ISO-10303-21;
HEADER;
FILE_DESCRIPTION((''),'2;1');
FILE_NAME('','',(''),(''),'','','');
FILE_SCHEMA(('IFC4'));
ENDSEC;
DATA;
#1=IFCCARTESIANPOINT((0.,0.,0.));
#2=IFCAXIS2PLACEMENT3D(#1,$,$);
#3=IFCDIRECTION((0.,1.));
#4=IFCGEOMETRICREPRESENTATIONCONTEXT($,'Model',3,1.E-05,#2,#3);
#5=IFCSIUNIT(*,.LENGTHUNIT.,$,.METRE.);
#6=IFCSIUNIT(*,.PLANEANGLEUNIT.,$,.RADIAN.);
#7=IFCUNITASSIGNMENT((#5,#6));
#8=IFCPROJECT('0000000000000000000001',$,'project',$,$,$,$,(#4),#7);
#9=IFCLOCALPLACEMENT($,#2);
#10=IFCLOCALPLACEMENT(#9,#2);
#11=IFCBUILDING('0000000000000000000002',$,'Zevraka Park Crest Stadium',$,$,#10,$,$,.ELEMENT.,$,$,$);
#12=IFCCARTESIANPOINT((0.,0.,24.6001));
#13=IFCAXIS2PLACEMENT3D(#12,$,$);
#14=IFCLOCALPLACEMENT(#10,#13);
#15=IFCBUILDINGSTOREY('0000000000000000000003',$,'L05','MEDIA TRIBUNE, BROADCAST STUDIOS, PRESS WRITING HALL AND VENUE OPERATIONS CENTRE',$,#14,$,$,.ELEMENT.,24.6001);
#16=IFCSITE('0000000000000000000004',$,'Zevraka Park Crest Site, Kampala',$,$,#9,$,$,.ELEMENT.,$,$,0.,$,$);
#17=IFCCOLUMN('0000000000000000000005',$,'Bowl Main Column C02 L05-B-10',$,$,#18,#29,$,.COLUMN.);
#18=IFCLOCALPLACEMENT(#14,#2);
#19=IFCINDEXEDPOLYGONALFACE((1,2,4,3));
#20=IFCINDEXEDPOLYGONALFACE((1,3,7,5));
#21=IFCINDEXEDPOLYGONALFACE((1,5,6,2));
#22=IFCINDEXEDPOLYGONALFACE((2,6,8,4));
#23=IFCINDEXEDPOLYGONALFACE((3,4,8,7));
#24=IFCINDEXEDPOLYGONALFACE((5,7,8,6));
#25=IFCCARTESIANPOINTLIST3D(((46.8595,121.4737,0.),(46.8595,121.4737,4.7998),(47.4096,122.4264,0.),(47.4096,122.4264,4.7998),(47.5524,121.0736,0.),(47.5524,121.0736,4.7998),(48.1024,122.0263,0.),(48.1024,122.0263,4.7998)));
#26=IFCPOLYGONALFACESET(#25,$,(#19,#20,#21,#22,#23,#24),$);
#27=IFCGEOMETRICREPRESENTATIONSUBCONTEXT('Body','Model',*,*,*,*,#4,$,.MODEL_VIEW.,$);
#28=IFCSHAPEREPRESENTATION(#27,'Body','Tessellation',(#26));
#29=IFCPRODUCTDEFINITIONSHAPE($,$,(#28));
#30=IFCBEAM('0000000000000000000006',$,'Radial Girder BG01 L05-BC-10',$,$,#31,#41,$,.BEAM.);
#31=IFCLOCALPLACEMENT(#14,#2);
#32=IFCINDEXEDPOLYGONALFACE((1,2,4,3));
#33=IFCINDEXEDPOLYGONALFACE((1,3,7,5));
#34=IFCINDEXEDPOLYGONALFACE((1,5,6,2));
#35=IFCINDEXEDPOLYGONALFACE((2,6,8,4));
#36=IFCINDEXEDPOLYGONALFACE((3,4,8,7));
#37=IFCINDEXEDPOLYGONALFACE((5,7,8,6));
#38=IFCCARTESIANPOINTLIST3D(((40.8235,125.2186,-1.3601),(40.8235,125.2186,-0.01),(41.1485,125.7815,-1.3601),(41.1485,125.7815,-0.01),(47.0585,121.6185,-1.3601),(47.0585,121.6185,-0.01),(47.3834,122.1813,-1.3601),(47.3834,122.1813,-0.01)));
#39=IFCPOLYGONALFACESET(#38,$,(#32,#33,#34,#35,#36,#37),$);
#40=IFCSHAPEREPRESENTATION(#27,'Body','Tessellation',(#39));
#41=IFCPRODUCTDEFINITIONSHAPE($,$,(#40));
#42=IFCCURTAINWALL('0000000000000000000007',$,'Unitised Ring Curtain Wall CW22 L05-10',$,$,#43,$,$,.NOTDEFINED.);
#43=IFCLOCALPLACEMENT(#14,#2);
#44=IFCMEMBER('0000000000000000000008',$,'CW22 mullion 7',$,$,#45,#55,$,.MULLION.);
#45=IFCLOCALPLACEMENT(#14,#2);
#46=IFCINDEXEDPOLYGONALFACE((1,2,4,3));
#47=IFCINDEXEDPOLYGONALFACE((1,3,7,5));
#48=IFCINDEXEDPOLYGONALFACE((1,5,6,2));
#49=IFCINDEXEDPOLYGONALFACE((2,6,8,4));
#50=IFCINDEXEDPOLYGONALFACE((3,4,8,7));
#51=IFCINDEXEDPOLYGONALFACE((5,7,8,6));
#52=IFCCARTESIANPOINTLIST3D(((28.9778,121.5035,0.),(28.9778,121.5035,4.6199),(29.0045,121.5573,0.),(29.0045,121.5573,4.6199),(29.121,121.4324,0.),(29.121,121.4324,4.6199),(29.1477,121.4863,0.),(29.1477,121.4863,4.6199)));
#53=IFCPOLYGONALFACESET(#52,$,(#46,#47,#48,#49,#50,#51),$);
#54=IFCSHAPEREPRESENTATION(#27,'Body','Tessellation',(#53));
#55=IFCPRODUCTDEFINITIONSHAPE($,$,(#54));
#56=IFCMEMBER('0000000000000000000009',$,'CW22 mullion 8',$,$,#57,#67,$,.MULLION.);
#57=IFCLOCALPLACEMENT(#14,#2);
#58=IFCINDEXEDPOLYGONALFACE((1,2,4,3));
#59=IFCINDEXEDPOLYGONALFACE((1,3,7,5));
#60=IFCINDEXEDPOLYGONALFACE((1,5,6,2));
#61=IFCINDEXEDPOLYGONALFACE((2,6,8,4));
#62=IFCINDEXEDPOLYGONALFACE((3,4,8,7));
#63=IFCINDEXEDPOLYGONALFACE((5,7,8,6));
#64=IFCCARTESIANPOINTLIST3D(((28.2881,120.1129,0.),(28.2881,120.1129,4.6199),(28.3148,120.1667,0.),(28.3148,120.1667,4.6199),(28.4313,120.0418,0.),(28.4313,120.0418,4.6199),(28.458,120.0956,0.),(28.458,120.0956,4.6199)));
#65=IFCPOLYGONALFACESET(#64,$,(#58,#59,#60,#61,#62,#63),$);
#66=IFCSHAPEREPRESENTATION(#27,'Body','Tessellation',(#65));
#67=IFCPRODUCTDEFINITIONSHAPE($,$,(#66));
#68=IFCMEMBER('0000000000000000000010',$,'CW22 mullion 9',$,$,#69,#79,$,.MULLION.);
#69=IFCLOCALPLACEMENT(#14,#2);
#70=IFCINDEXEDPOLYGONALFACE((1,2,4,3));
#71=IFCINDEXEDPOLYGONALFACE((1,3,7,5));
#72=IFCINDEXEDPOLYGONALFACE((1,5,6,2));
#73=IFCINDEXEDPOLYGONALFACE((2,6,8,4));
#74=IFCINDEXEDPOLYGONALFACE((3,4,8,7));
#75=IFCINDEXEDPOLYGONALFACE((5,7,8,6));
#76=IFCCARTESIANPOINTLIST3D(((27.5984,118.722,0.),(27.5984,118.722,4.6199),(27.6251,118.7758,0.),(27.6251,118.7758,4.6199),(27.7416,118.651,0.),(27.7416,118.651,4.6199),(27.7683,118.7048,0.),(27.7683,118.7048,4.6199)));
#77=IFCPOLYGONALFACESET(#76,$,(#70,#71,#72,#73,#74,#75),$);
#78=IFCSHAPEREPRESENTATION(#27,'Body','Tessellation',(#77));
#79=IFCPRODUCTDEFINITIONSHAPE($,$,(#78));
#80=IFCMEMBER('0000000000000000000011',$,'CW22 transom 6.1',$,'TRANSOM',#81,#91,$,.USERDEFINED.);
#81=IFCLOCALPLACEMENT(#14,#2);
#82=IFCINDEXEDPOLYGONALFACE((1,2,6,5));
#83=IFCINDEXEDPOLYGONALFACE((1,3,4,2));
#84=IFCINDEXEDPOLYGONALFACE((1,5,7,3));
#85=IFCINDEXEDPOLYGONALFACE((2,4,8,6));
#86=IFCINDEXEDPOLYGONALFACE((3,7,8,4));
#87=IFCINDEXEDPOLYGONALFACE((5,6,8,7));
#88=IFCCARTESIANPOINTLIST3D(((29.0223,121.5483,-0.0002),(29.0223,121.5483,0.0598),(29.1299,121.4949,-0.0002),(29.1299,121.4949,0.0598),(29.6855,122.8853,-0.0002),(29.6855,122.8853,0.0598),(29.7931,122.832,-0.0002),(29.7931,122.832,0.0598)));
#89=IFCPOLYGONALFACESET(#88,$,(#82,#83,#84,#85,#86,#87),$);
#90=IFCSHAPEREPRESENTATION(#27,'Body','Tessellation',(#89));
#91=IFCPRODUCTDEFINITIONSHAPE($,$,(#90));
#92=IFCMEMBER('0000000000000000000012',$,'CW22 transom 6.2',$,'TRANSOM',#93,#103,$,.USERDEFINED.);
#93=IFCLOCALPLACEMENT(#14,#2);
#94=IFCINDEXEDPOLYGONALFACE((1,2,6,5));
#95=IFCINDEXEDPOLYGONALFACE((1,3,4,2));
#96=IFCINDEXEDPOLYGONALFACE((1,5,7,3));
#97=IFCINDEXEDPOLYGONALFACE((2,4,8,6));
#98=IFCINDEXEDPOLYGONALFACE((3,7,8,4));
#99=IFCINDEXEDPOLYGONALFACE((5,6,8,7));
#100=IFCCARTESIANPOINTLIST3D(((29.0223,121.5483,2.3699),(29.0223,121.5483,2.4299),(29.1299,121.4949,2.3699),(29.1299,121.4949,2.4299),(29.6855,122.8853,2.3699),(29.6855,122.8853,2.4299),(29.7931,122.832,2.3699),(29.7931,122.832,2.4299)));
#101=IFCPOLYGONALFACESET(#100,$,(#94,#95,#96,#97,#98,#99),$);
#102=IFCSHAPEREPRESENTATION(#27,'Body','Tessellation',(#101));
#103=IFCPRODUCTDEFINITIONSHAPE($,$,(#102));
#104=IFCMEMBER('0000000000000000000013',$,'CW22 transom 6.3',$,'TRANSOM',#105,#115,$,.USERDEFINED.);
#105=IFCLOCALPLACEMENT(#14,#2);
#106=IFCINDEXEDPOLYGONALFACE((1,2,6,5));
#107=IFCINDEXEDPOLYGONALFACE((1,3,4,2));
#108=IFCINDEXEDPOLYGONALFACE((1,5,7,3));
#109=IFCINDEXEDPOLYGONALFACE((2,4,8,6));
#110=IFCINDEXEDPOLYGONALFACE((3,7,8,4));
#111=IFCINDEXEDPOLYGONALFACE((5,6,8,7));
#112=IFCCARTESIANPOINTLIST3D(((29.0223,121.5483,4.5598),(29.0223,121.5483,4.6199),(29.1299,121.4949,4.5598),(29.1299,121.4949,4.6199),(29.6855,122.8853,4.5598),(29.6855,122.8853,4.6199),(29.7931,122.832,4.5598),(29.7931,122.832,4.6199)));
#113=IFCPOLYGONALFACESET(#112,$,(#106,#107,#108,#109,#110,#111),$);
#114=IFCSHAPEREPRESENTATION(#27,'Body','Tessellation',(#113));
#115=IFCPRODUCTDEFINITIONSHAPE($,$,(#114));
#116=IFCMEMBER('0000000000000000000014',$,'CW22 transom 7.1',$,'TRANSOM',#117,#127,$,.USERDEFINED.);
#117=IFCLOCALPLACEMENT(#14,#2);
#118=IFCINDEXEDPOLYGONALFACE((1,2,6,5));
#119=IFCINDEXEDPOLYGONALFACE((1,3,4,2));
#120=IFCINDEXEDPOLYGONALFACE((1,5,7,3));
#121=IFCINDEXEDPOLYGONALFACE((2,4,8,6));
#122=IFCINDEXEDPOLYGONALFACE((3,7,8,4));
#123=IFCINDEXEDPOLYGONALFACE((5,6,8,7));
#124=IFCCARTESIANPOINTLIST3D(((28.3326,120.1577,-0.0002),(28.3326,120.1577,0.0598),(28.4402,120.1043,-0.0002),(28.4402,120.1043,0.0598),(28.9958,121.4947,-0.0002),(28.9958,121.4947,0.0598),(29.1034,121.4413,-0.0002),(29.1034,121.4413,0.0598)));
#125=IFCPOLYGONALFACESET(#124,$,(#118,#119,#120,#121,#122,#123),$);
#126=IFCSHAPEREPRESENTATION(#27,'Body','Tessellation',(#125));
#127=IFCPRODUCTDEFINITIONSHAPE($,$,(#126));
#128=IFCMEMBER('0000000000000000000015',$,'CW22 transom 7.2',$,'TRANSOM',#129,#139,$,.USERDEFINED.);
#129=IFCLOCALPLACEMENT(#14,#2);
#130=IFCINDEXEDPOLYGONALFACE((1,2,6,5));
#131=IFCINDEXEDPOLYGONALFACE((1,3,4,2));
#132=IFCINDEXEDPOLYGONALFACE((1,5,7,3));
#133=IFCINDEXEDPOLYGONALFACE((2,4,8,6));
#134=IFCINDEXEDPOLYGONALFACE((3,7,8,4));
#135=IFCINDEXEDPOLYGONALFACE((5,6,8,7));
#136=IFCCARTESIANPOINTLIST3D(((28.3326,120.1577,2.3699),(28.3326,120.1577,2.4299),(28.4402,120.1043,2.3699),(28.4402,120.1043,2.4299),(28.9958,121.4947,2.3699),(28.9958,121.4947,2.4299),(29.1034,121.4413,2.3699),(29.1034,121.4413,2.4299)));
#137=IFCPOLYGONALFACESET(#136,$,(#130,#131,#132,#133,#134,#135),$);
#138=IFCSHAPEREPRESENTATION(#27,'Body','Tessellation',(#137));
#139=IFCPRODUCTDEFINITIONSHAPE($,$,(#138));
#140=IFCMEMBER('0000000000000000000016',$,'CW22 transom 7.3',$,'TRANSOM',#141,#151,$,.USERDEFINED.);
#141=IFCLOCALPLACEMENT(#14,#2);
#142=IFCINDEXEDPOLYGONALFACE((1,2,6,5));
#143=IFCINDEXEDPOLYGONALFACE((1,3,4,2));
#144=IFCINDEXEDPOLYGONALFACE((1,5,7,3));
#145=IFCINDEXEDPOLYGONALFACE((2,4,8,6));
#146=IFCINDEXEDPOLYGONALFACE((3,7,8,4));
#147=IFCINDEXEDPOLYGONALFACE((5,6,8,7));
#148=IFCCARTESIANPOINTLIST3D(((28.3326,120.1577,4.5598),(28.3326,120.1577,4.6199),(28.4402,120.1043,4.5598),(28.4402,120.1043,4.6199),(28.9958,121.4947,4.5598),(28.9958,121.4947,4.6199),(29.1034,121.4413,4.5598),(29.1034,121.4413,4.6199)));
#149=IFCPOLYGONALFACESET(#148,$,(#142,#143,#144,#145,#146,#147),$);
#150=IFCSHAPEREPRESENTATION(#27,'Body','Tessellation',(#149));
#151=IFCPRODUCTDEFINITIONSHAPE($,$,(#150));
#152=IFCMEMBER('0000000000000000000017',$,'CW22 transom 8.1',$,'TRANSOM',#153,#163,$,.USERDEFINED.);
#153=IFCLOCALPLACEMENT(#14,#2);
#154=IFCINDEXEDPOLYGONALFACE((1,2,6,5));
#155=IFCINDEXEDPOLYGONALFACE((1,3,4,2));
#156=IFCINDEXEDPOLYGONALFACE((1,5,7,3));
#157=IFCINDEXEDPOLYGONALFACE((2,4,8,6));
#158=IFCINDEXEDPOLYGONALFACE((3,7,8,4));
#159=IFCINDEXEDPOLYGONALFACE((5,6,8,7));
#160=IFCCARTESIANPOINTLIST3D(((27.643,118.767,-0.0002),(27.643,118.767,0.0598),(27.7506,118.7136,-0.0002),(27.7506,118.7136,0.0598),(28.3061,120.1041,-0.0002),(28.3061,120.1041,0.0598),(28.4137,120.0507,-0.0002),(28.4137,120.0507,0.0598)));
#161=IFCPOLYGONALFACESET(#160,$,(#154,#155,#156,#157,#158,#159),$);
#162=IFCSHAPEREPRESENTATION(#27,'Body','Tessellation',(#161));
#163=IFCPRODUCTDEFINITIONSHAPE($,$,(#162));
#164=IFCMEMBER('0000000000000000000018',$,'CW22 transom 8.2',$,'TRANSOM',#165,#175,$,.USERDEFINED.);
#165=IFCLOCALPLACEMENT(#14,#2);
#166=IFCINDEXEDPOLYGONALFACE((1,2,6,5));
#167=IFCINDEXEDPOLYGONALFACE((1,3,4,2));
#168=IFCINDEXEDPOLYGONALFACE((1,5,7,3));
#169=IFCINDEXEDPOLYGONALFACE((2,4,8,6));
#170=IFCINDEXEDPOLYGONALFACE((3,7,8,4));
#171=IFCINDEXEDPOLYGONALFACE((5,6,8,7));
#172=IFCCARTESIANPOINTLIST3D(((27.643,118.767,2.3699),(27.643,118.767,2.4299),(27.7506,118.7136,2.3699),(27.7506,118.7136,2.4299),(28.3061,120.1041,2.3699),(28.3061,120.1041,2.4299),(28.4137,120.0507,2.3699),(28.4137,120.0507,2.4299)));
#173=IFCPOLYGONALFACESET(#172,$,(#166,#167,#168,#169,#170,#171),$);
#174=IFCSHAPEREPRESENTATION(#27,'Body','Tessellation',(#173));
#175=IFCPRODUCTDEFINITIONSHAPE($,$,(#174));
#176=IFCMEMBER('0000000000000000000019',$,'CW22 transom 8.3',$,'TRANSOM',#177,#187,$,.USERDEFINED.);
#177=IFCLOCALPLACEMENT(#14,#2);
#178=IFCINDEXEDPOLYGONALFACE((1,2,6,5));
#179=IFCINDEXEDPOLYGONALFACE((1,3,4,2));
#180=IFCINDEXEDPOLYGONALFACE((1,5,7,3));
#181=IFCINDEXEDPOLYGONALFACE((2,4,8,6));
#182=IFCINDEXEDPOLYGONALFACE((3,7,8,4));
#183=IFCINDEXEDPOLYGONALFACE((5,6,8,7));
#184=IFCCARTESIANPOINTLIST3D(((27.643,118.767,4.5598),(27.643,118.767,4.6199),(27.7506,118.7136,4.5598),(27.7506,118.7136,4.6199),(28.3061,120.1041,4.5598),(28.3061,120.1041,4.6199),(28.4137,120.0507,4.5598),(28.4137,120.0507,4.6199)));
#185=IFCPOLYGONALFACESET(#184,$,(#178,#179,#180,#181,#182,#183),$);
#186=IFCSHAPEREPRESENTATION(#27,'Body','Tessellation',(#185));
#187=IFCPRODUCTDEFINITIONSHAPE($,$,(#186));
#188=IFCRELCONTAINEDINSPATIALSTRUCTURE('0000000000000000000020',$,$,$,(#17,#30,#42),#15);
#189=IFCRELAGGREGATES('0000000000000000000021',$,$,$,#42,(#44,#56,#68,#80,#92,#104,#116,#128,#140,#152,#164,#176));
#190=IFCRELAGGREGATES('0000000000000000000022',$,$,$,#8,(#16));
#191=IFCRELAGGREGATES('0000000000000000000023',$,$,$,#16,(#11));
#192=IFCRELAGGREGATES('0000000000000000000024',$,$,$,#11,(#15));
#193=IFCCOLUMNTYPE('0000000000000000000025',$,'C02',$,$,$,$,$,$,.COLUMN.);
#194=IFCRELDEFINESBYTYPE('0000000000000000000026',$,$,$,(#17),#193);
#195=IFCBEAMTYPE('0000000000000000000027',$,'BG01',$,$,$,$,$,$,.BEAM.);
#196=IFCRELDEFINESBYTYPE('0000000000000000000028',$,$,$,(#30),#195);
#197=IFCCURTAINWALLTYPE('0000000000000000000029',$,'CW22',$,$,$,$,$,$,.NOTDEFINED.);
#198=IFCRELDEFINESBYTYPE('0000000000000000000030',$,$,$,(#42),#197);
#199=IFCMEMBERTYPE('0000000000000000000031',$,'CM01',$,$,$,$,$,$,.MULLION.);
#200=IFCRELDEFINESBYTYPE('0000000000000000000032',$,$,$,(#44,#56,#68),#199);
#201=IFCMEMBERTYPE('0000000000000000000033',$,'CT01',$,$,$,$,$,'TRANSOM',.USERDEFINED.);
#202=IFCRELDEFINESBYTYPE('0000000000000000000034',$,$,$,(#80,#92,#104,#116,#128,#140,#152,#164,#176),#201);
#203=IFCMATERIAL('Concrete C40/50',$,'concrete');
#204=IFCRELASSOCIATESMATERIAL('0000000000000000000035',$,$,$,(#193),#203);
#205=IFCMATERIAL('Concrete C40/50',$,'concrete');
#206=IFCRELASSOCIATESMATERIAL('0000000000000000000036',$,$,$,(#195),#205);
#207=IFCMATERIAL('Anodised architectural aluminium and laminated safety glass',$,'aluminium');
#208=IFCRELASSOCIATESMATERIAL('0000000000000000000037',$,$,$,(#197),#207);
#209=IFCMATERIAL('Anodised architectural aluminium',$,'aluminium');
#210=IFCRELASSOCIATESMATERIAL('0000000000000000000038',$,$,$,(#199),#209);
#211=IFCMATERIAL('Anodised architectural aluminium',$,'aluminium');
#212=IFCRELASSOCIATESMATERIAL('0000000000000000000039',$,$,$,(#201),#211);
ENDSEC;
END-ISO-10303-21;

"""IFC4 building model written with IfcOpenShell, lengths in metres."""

from ifc_helpers import new_model, si_unit, direction, frame, origin, origin_2d, place, context, subcontext, project, spatial, rectangle, extrude, material, material_profile, profile_set, type_object, element, aggregate, save


model = new_model("IFC4")

# Units and contexts
model_context = context("Model", 3, precision=1e-05, world=origin(), true_north=direction((0.0, 1.0)))
body_context = subcontext(model_context, "Body", "Model", "MODEL_VIEW")
ifc_project = project(units=[si_unit("LENGTHUNIT", "METRE"), si_unit("PLANEANGLEUNIT", "RADIAN")], contexts=[model_context])

# Site, building, storey
site_placement = place(None, origin())
site = spatial("IfcSite", under=ifc_project, at=site_placement, Name="Zevraka Park Crest Site, Kampala", CompositionType="ELEMENT", RefElevation=0.0)
building_placement = place(site_placement, origin())
building = spatial("IfcBuilding", under=site, at=building_placement, Name="Zevraka Park Crest Stadium", CompositionType="ELEMENT")
storey_placement = place(building_placement, frame((0.0, 0.0, 24.6001)))
storey = spatial("IfcBuildingStorey", under=building, at=storey_placement, Name="L05", Description="MEDIA TRIBUNE, BROADCAST STUDIOS, PRESS WRITING HALL AND VENUE OPERATIONS CENTRE", CompositionType="ELEMENT", Elevation=24.6001)

# Column
ifc_material_1 = material(Name="Concrete C40/50", Category="concrete")
ifc_material_profile_1 = material_profile(ifc_material_1, rectangle(XDim=0.8, YDim=1.1001, at=origin_2d()), Name="RC 1100x800")
ifc_profile_set_1 = profile_set([ifc_material_profile_1], Name="Concrete C40/50")
column_type = type_object("IfcColumnType", Name="C02", PredefinedType="COLUMN", material=ifc_profile_set_1)
column_placement = place(storey_placement, frame((47.481, 121.75, 0.0), z_axis=(0.0, 0.0, 1.0), x_axis=(-0.866025, 0.5, 0.0)))
element("IfcColumn", 1, at=column_placement, inside=storey, type_object=column_type, Name="Bowl Main Column C02 L05-B-10", PredefinedType="COLUMN", context=body_context, shape_type="SweptSolid", body=[
    extrude(rectangle(XDim=0.8, YDim=1.1001, at=origin_2d()), origin(), (0.0, 0.0, 1.0), 4.7998),
])

# Beam
ifc_material_2 = material(Name="Concrete C40/50", Category="concrete")
ifc_material_profile_2 = material_profile(ifc_material_2, rectangle(XDim=0.6499, YDim=1.3501, at=origin_2d()), Name="RC 1350x650")
ifc_profile_set_2 = profile_set([ifc_material_profile_2], Name="Concrete C40/50")
beam_type_1 = type_object("IfcBeamType", Name="BG01", PredefinedType="BEAM", material=ifc_profile_set_2)
beam_1_placement = place(storey_placement, frame((47.2209, 121.8999, -0.6851), z_axis=(-0.866001, 0.500041, 0.0), x_axis=(-0.500041, -0.866001, 0.0)))
element("IfcBeam", 2, at=beam_1_placement, inside=storey, type_object=beam_type_1, Name="Radial Girder BG01 L05-BC-10", PredefinedType="BEAM", context=body_context, shape_type="SweptSolid", body=[
    extrude(rectangle(XDim=0.6499, YDim=1.3501, at=origin_2d()), origin(), (0.0, 0.0, 1.0), 7.1997),
])

# Curtain wall, members
ifc_material_3 = material(Name="Anodised architectural aluminium and laminated safety glass", Category="aluminium")
curtain_wall_type = type_object("IfcCurtainWallType", Name="CW22", PredefinedType="NOTDEFINED", material=ifc_material_3)
curtain_wall_placement = place(storey_placement, origin())
curtain_wall = element("IfcCurtainWall", 3, at=curtain_wall_placement, inside=storey, type_object=curtain_wall_type, Name="Unitised Ring Curtain Wall CW22 L05-10", PredefinedType="NOTDEFINED")
ifc_material_4 = material(Name="Anodised architectural aluminium", Category="aluminium")
ifc_material_profile_3 = material_profile(ifc_material_4, rectangle(XDim=0.1599, YDim=0.0601, at=origin_2d()), Name="ALU MULLION 160x60")
ifc_profile_set_3 = profile_set([ifc_material_profile_3], Name="Anodised architectural aluminium")
member_type_1 = type_object("IfcMemberType", Name="CM01", PredefinedType="MULLION", material=ifc_profile_set_3)
member_1_placement = place(storey_placement, frame((29.0627, 121.4949, 0.0), z_axis=(0.0, 0.0, 1.0), x_axis=(0.895879, -0.444297, 0.0)))
member_1 = element("IfcMember", 4, at=member_1_placement, type_object=member_type_1, Name="CW22 mullion 7", PredefinedType="MULLION", context=body_context, shape_type="SweptSolid", body=[
    extrude(rectangle(XDim=0.1599, YDim=0.0601, at=origin_2d()), origin(), (0.0, 0.0, 1.0), 4.6199),
])
member_2_placement = place(storey_placement, frame((28.373, 120.1042, 0.0), z_axis=(0.0, 0.0, 1.0), x_axis=(0.895879, -0.444297, 0.0)))
member_2 = element("IfcMember", 5, at=member_2_placement, type_object=member_type_1, Name="CW22 mullion 8", PredefinedType="MULLION", context=body_context, shape_type="SweptSolid", body=[
    extrude(rectangle(XDim=0.1599, YDim=0.0601, at=origin_2d()), origin(), (0.0, 0.0, 1.0), 4.6199),
])
member_3_placement = place(storey_placement, frame((27.6833, 118.7134, 0.0), z_axis=(0.0, 0.0, 1.0), x_axis=(0.895879, -0.444297, 0.0)))
member_3 = element("IfcMember", 6, at=member_3_placement, type_object=member_type_1, Name="CW22 mullion 9", PredefinedType="MULLION", context=body_context, shape_type="SweptSolid", body=[
    extrude(rectangle(XDim=0.1599, YDim=0.0601, at=origin_2d()), origin(), (0.0, 0.0, 1.0), 4.6199),
])
ifc_material_5 = material(Name="Anodised architectural aluminium", Category="aluminium")
ifc_material_profile_4 = material_profile(ifc_material_5, rectangle(XDim=0.1201, YDim=0.0601, at=origin_2d()), Name="ALU TRANSOM 120x60")
ifc_profile_set_4 = profile_set([ifc_material_profile_4], Name="Anodised architectural aluminium")
member_type_2 = type_object("IfcMemberType", Name="CT01", ElementType="TRANSOM", PredefinedType="USERDEFINED", material=ifc_profile_set_4)
member_4_placement = place(storey_placement, frame((29.7393, 122.8586, 0.0298), z_axis=(-0.444332, -0.895862, 0.0), x_axis=(0.895862, -0.444332, 0.0)))
member_4 = element("IfcMember", 7, at=member_4_placement, type_object=member_type_2, Name="CW22 transom 6.1", ObjectType="TRANSOM", PredefinedType="USERDEFINED", context=body_context, shape_type="SweptSolid", body=[
    extrude(rectangle(XDim=0.1201, YDim=0.0601, at=origin_2d()), origin(), (0.0, 0.0, 1.0), 1.4924),
])
member_5_placement = place(storey_placement, frame((29.7393, 122.8586, 2.3999), z_axis=(-0.444332, -0.895862, 0.0), x_axis=(0.895862, -0.444332, 0.0)))
member_5 = element("IfcMember", 8, at=member_5_placement, type_object=member_type_2, Name="CW22 transom 6.2", ObjectType="TRANSOM", PredefinedType="USERDEFINED", context=body_context, shape_type="SweptSolid", body=[
    extrude(rectangle(XDim=0.1201, YDim=0.0601, at=origin_2d()), origin(), (0.0, 0.0, 1.0), 1.4924),
])
member_6_placement = place(storey_placement, frame((29.7393, 122.8586, 4.5898), z_axis=(-0.444332, -0.895862, 0.0), x_axis=(0.895862, -0.444332, 0.0)))
member_6 = element("IfcMember", 9, at=member_6_placement, type_object=member_type_2, Name="CW22 transom 6.3", ObjectType="TRANSOM", PredefinedType="USERDEFINED", context=body_context, shape_type="SweptSolid", body=[
    extrude(rectangle(XDim=0.1201, YDim=0.0601, at=origin_2d()), origin(), (0.0, 0.0, 1.0), 1.4924),
])
member_7_placement = place(storey_placement, frame((29.0496, 121.468, 0.0298), z_axis=(-0.444332, -0.895862, 0.0), x_axis=(0.895862, -0.444332, 0.0)))
member_7 = element("IfcMember", 10, at=member_7_placement, type_object=member_type_2, Name="CW22 transom 7.1", ObjectType="TRANSOM", PredefinedType="USERDEFINED", context=body_context, shape_type="SweptSolid", body=[
    extrude(rectangle(XDim=0.1201, YDim=0.0601, at=origin_2d()), origin(), (0.0, 0.0, 1.0), 1.4924),
])
member_8_placement = place(storey_placement, frame((29.0496, 121.468, 2.3999), z_axis=(-0.444332, -0.895862, 0.0), x_axis=(0.895862, -0.444332, 0.0)))
member_8 = element("IfcMember", 11, at=member_8_placement, type_object=member_type_2, Name="CW22 transom 7.2", ObjectType="TRANSOM", PredefinedType="USERDEFINED", context=body_context, shape_type="SweptSolid", body=[
    extrude(rectangle(XDim=0.1201, YDim=0.0601, at=origin_2d()), origin(), (0.0, 0.0, 1.0), 1.4924),
])
member_9_placement = place(storey_placement, frame((29.0496, 121.468, 4.5898), z_axis=(-0.444332, -0.895862, 0.0), x_axis=(0.895862, -0.444332, 0.0)))
member_9 = element("IfcMember", 12, at=member_9_placement, type_object=member_type_2, Name="CW22 transom 7.3", ObjectType="TRANSOM", PredefinedType="USERDEFINED", context=body_context, shape_type="SweptSolid", body=[
    extrude(rectangle(XDim=0.1201, YDim=0.0601, at=origin_2d()), origin(), (0.0, 0.0, 1.0), 1.4924),
])
member_10_placement = place(storey_placement, frame((28.3599, 120.0774, 0.0298), z_axis=(-0.444267, -0.895895, 0.0), x_axis=(0.895895, -0.444267, 0.0)))
member_10 = element("IfcMember", 13, at=member_10_placement, type_object=member_type_2, Name="CW22 transom 8.1", ObjectType="TRANSOM", PredefinedType="USERDEFINED", context=body_context, shape_type="SweptSolid", body=[
    extrude(rectangle(XDim=0.1201, YDim=0.0601, at=origin_2d()), origin(), (0.0, 0.0, 1.0), 1.4924),
])
member_11_placement = place(storey_placement, frame((28.3599, 120.0774, 2.3999), z_axis=(-0.444267, -0.895895, 0.0), x_axis=(0.895895, -0.444267, 0.0)))
member_11 = element("IfcMember", 14, at=member_11_placement, type_object=member_type_2, Name="CW22 transom 8.2", ObjectType="TRANSOM", PredefinedType="USERDEFINED", context=body_context, shape_type="SweptSolid", body=[
    extrude(rectangle(XDim=0.1201, YDim=0.0601, at=origin_2d()), origin(), (0.0, 0.0, 1.0), 1.4924),
])
member_12_placement = place(storey_placement, frame((28.3599, 120.0774, 4.5898), z_axis=(-0.444267, -0.895895, 0.0), x_axis=(0.895895, -0.444267, 0.0)))
member_12 = element("IfcMember", 15, at=member_12_placement, type_object=member_type_2, Name="CW22 transom 8.3", ObjectType="TRANSOM", PredefinedType="USERDEFINED", context=body_context, shape_type="SweptSolid", body=[
    extrude(rectangle(XDim=0.1201, YDim=0.0601, at=origin_2d()), origin(), (0.0, 0.0, 1.0), 1.4924),
])

aggregate(curtain_wall, [member_1, member_2, member_3, member_4, member_5, member_6, member_7, member_8, member_9, member_10, member_11, member_12])

save(model, "model.ifc")
